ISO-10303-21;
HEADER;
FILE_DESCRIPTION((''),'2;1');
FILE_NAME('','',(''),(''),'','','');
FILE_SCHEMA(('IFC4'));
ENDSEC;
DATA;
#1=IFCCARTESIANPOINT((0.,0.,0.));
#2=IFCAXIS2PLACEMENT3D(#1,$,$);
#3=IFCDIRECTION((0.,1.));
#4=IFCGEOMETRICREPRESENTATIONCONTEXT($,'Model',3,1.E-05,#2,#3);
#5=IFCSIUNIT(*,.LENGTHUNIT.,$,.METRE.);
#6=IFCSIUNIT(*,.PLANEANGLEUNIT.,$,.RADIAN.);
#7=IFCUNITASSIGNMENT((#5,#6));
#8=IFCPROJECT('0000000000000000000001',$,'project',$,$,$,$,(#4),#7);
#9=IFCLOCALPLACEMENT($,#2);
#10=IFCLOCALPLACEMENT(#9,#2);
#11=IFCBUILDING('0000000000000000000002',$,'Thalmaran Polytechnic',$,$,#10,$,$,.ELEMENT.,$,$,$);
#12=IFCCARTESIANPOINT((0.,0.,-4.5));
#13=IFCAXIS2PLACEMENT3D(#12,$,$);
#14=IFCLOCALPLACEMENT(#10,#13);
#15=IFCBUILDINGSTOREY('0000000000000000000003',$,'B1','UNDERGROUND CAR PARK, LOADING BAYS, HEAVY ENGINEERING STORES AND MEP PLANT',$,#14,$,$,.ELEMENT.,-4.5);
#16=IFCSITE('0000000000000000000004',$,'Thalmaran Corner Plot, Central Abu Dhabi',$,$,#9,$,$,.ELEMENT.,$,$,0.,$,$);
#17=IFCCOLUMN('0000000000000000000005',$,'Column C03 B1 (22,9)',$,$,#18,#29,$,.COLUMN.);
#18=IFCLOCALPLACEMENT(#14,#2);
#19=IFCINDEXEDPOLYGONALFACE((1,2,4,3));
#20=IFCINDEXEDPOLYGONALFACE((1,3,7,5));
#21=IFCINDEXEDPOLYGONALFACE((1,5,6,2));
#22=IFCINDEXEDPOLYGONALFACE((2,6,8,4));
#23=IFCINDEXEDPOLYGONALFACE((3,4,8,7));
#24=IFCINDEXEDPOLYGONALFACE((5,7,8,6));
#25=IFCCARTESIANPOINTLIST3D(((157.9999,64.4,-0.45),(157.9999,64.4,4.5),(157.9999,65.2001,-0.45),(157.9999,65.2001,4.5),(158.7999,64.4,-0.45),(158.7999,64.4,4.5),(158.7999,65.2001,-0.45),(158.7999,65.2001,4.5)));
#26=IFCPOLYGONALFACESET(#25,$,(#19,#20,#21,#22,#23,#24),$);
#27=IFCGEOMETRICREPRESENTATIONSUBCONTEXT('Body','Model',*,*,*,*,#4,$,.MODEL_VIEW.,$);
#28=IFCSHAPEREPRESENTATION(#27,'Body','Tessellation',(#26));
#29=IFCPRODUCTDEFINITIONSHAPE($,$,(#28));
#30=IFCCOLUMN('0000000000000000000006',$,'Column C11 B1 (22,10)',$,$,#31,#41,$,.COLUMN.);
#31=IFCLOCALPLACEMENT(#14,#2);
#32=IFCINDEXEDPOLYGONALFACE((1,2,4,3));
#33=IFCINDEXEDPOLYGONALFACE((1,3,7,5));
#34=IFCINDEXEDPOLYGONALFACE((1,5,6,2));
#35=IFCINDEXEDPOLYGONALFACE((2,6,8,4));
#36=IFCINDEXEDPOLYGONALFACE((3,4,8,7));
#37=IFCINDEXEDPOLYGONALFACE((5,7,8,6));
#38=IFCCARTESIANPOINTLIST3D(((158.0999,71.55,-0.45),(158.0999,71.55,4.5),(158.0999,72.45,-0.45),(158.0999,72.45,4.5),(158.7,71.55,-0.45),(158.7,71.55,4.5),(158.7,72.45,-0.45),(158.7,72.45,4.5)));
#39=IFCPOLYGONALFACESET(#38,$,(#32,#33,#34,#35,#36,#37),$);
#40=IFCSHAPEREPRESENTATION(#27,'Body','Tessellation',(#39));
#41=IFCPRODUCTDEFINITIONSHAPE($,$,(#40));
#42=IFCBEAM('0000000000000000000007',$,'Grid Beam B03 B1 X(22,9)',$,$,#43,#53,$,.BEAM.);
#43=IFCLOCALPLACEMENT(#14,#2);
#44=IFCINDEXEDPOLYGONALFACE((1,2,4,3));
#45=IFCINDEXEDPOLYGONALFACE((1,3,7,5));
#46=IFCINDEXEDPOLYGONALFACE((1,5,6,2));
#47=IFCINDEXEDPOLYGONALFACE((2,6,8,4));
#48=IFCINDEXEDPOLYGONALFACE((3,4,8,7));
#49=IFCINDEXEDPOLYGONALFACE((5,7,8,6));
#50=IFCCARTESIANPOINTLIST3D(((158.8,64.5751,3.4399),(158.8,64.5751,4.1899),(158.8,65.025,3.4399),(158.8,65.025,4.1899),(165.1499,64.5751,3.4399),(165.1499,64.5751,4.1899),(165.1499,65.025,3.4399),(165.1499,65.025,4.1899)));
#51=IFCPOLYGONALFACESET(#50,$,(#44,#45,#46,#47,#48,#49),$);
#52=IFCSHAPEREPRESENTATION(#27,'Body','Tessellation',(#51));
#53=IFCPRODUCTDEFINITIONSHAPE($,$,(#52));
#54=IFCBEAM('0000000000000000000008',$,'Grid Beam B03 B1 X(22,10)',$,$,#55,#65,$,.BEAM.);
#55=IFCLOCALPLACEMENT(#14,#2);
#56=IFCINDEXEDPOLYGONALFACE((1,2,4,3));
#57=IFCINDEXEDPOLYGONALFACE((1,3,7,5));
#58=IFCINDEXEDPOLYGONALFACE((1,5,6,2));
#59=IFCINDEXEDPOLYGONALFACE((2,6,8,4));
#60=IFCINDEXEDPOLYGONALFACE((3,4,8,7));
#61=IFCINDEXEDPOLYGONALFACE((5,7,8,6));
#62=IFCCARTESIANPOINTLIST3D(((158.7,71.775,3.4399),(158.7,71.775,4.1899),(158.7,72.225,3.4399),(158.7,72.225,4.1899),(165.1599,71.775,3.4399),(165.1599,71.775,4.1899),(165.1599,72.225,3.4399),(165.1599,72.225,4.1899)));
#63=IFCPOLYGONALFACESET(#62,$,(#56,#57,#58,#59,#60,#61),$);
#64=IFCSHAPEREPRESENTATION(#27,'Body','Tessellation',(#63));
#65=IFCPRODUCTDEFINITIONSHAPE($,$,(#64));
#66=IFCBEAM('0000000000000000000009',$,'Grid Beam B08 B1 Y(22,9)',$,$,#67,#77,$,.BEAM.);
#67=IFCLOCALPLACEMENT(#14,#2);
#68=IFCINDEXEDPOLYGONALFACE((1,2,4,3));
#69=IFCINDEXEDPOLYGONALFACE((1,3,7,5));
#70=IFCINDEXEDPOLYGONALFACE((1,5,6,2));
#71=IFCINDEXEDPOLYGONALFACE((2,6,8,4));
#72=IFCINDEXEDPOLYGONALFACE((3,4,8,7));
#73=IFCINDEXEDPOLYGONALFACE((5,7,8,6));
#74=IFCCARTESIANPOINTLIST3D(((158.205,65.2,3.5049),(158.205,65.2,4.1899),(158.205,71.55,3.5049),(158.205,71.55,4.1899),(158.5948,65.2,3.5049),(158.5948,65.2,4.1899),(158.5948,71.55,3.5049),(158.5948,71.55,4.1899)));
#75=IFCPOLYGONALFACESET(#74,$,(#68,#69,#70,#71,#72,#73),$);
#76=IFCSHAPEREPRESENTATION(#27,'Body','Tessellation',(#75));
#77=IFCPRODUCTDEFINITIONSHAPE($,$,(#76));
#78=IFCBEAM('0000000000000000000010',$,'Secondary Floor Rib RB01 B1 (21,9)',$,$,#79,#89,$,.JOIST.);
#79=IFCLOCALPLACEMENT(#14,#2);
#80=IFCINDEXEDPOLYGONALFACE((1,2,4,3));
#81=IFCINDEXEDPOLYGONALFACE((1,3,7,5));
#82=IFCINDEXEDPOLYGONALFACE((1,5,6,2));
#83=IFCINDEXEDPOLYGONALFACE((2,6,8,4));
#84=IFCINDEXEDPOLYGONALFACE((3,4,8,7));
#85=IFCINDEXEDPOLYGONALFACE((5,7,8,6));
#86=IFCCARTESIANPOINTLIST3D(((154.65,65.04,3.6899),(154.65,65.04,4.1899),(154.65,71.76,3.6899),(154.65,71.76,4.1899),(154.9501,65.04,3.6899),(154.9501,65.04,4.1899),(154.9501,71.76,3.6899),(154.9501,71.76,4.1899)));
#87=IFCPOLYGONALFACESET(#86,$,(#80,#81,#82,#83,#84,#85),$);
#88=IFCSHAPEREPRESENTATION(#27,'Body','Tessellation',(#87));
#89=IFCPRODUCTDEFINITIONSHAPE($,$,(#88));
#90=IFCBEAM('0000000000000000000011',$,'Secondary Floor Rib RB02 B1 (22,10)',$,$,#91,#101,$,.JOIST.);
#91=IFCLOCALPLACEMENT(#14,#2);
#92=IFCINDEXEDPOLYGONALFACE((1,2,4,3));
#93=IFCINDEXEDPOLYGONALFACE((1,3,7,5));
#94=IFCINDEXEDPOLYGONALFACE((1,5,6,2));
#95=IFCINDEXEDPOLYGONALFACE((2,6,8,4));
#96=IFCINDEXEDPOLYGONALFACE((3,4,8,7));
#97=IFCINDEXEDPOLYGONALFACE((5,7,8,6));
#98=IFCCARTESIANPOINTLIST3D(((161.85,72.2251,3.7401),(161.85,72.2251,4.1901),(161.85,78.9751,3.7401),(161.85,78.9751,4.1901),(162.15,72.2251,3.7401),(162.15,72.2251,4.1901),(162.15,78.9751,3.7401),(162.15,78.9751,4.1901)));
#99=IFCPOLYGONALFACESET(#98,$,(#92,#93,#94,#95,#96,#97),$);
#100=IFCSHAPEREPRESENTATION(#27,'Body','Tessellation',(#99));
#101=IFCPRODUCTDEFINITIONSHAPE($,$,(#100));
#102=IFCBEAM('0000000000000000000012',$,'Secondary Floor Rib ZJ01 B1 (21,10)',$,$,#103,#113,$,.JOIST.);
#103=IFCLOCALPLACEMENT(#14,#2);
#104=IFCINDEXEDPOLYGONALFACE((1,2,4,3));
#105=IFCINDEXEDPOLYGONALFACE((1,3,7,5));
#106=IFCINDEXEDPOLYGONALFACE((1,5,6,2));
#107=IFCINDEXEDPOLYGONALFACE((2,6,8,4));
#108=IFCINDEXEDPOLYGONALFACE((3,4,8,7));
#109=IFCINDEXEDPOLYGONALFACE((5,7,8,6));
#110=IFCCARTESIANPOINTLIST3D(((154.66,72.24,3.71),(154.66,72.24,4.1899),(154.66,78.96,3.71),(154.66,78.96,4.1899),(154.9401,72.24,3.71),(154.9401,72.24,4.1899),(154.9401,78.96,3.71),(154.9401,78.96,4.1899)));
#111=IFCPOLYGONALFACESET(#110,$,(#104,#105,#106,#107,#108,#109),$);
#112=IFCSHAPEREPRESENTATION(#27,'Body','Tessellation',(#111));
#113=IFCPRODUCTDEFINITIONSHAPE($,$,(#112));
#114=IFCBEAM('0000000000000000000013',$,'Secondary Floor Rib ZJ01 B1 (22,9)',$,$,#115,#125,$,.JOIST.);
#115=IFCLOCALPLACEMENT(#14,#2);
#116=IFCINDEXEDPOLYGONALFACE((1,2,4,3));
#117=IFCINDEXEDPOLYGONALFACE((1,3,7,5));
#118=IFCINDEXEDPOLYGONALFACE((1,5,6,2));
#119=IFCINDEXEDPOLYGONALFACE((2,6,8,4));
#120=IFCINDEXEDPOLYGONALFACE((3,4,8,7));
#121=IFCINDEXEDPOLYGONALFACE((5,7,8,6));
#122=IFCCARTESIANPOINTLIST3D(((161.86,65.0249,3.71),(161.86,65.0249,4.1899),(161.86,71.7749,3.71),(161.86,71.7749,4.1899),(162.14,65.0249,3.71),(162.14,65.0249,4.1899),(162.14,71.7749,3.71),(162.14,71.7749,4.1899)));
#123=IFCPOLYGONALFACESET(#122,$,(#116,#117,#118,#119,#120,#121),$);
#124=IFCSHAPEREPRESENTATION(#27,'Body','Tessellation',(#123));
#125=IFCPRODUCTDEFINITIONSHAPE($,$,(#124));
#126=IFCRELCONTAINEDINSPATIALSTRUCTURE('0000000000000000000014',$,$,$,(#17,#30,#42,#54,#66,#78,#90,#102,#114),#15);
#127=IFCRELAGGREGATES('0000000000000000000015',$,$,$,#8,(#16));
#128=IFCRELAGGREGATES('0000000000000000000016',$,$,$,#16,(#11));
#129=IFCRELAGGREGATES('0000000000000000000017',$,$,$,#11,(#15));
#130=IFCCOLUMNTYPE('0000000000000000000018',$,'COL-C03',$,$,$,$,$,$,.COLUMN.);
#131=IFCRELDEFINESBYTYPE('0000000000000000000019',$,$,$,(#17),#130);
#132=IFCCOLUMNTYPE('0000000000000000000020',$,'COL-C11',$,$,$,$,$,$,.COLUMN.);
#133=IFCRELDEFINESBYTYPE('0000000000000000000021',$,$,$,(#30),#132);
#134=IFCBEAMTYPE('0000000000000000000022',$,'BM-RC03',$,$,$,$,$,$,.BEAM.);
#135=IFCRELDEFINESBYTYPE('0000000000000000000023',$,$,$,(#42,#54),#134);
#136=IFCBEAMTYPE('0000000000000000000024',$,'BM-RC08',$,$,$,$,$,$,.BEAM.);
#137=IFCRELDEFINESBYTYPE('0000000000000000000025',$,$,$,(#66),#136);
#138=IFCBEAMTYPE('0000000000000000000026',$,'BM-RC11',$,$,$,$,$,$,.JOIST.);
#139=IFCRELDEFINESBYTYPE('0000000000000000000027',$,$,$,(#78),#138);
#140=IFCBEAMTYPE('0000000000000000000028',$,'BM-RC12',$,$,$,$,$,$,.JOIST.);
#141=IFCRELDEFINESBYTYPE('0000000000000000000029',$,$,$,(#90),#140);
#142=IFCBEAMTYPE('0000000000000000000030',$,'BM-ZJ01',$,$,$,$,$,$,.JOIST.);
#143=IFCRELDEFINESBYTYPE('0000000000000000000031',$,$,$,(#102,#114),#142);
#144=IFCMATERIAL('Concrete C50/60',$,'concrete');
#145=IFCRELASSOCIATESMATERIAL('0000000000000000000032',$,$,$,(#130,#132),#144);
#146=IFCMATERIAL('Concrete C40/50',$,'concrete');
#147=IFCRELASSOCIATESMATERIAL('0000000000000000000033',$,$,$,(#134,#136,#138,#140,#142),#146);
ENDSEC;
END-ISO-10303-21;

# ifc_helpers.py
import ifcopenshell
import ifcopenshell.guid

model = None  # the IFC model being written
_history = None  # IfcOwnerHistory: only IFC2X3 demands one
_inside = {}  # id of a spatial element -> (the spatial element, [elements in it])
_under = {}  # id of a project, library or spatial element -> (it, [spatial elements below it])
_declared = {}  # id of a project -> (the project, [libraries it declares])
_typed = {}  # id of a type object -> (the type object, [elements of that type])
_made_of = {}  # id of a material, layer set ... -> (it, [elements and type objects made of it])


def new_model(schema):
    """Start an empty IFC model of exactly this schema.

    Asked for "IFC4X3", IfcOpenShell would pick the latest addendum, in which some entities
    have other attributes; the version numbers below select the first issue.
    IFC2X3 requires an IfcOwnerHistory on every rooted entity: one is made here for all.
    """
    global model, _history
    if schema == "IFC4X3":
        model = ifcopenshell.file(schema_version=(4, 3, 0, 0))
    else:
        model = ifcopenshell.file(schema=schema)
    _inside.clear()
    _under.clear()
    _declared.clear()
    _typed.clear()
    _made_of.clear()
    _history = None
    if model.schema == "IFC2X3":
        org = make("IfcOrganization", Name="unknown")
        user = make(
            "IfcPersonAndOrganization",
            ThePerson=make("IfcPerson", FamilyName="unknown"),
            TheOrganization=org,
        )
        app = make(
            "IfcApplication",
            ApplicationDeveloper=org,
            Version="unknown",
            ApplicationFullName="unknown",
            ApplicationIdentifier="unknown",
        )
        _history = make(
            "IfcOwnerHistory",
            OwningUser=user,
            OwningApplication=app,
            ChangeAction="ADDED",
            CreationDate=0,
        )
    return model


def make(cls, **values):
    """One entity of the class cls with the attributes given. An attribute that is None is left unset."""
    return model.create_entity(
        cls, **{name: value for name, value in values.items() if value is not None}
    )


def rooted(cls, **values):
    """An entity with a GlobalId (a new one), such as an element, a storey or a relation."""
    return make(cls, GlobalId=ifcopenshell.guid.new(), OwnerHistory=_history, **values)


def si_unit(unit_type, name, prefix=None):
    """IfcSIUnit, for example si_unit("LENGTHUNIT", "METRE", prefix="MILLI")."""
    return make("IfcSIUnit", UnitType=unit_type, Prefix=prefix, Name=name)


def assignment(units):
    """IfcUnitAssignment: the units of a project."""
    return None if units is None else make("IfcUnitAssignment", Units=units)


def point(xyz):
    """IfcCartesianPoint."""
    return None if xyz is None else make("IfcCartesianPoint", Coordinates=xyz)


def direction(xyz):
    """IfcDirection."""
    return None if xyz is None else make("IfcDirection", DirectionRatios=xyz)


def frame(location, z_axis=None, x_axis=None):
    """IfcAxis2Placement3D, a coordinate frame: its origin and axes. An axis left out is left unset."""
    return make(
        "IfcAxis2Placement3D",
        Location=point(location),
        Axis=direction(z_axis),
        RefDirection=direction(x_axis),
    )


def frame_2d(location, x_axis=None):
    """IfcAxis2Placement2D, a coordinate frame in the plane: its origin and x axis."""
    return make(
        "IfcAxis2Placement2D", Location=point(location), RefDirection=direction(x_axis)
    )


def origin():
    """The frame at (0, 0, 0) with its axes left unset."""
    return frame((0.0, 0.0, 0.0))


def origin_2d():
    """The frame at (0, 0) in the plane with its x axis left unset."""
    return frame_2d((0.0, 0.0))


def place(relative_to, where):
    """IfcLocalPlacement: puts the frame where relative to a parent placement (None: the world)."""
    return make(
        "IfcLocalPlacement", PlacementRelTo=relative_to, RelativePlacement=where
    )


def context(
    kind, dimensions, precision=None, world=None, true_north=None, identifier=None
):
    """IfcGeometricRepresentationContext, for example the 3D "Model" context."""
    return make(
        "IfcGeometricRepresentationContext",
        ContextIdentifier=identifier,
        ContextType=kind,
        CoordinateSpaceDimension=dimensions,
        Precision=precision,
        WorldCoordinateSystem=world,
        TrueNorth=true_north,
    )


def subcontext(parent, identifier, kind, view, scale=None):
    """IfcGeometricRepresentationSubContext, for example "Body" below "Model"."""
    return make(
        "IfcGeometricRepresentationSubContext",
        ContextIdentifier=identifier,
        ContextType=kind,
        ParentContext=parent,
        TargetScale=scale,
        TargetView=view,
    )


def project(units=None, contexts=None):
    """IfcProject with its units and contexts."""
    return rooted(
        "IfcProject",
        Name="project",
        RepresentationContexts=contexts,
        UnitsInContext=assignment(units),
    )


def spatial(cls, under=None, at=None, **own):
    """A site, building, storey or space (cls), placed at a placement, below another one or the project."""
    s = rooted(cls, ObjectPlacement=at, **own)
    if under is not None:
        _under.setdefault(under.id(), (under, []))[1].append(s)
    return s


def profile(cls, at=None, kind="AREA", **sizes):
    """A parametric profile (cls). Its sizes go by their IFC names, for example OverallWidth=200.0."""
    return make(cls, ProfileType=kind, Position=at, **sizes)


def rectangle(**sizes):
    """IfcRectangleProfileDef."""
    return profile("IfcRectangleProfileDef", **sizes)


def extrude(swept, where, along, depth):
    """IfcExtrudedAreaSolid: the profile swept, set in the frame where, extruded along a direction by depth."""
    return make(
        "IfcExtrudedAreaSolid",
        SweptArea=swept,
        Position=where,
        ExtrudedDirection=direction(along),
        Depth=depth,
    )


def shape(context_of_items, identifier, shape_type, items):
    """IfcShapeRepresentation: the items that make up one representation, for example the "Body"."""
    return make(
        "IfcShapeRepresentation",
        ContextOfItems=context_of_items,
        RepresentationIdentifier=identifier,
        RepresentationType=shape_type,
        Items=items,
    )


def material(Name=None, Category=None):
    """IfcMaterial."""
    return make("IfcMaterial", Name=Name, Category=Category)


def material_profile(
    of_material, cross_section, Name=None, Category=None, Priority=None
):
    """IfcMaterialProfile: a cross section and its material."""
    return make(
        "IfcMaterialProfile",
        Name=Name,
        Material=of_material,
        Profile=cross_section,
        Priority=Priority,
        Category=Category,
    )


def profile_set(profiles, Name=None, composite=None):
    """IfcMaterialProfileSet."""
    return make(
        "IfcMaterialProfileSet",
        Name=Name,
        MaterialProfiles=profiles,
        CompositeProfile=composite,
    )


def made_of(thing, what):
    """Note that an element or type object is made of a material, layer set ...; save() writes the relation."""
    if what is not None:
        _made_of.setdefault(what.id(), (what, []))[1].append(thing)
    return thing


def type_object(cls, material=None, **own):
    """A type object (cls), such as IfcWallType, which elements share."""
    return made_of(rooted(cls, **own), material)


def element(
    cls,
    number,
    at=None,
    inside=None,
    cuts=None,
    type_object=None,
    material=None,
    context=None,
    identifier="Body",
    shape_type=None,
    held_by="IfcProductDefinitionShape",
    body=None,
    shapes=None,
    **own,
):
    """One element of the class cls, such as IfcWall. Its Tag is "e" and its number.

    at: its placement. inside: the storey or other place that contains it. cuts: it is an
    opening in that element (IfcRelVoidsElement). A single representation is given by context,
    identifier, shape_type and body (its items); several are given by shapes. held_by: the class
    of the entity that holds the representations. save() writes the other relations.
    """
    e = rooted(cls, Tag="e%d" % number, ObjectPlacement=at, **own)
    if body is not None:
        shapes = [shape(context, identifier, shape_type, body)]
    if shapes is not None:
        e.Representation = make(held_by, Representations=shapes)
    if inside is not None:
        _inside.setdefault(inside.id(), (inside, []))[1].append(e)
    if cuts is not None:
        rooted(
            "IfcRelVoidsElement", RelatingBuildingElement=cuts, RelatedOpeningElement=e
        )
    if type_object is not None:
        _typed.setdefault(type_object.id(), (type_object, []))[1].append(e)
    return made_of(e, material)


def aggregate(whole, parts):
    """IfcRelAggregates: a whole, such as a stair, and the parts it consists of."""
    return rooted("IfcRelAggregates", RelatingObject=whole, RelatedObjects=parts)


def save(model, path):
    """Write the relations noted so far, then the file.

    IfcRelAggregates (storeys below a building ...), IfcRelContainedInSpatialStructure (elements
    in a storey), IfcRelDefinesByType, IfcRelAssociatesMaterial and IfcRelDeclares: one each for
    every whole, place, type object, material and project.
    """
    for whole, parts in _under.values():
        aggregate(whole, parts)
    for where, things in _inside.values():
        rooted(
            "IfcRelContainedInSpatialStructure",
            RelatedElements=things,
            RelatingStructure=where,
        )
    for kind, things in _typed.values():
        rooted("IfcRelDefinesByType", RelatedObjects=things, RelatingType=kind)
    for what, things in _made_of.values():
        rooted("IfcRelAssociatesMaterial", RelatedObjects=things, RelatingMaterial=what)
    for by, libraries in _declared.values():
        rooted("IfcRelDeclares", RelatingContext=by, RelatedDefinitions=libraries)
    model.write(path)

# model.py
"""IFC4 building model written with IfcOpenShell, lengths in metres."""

from ifc_helpers import new_model, si_unit, direction, frame, origin, origin_2d, place, context, subcontext, project, spatial, rectangle, extrude, material, material_profile, profile_set, type_object, element, save


model = new_model("IFC4")

# Units and contexts
model_context = context("Model", 3, precision=1e-05, world=origin(), true_north=direction((0.0, 1.0)))
body_context = subcontext(model_context, "Body", "Model", "MODEL_VIEW")
ifc_project = project(units=[si_unit("LENGTHUNIT", "METRE"), si_unit("PLANEANGLEUNIT", "RADIAN")], contexts=[model_context])

# Site, building, storey
site_placement = place(None, origin())
site = spatial("IfcSite", under=ifc_project, at=site_placement, Name="Thalmaran Corner Plot, Central Abu Dhabi", CompositionType="ELEMENT", RefElevation=0.0)
building_placement = place(site_placement, origin())
building = spatial("IfcBuilding", under=site, at=building_placement, Name="Thalmaran Polytechnic", CompositionType="ELEMENT")
storey_placement = place(building_placement, frame((0.0, 0.0, -4.5)))
storey = spatial("IfcBuildingStorey", under=building, at=storey_placement, Name="B1", Description="UNDERGROUND CAR PARK, LOADING BAYS, HEAVY ENGINEERING STORES AND MEP PLANT", CompositionType="ELEMENT", Elevation=-4.5)

# Shared definitions
ifc_material_1 = material(Name="Concrete C40/50", Category="concrete")

# Columns
ifc_material_2 = material(Name="Concrete C50/60", Category="concrete")
ifc_material_profile_1 = material_profile(ifc_material_2, rectangle(XDim=0.8, YDim=0.8, at=origin_2d()), Name="RC 800x800")
ifc_profile_set_1 = profile_set([ifc_material_profile_1], Name="Concrete C50/60")
column_type_1 = type_object("IfcColumnType", Name="COL-C03", PredefinedType="COLUMN", material=ifc_profile_set_1)
column_1_placement = place(storey_placement, frame((158.3999, 64.8, -0.45), z_axis=(0.0, 0.0, 1.0), x_axis=(1.0, 0.0, 0.0)))
element("IfcColumn", 1, at=column_1_placement, inside=storey, type_object=column_type_1, Name="Column C03 B1 (22,9)", PredefinedType="COLUMN", context=body_context, shape_type="SweptSolid", body=[
    extrude(rectangle(XDim=0.8, YDim=0.8, at=origin_2d()), origin(), (0.0, 0.0, 1.0), 4.95),
])
ifc_material_profile_2 = material_profile(ifc_material_2, rectangle(XDim=0.6001, YDim=0.8999, at=origin_2d()), Name="RC 600x900")
ifc_profile_set_2 = profile_set([ifc_material_profile_2], Name="Concrete C50/60")
column_type_2 = type_object("IfcColumnType", Name="COL-C11", PredefinedType="COLUMN", material=ifc_profile_set_2)
column_2_placement = place(storey_placement, frame((158.3999, 72.0, -0.45), z_axis=(0.0, 0.0, 1.0), x_axis=(1.0, 0.0, 0.0)))
element("IfcColumn", 2, at=column_2_placement, inside=storey, type_object=column_type_2, Name="Column C11 B1 (22,10)", PredefinedType="COLUMN", context=body_context, shape_type="SweptSolid", body=[
    extrude(rectangle(XDim=0.6001, YDim=0.8999, at=origin_2d()), origin(), (0.0, 0.0, 1.0), 4.95),
])

# Beams
ifc_material_profile_3 = material_profile(ifc_material_1, rectangle(XDim=0.45, YDim=0.75, at=origin_2d()), Name="RC 450x750")
ifc_profile_set_3 = profile_set([ifc_material_profile_3], Name="Concrete C40/50")
beam_type_1 = type_object("IfcBeamType", Name="BM-RC03", PredefinedType="BEAM", material=ifc_profile_set_3)
beam_1_placement = place(storey_placement, frame((158.8, 64.8, 3.8149), z_axis=(1.0, 0.0, 0.0), x_axis=(0.0, 1.0, 0.0)))
element("IfcBeam", 3, at=beam_1_placement, inside=storey, type_object=beam_type_1, Name="Grid Beam B03 B1 X(22,9)", PredefinedType="BEAM", context=body_context, shape_type="SweptSolid", body=[
    extrude(rectangle(XDim=0.45, YDim=0.75, at=origin_2d()), origin(), (0.0, 0.0, 1.0), 6.3499),
])
beam_2_placement = place(storey_placement, frame((158.7, 72.0, 3.8149), z_axis=(1.0, 0.0, 0.0), x_axis=(0.0, 1.0, 0.0)))
element("IfcBeam", 4, at=beam_2_placement, inside=storey, type_object=beam_type_1, Name="Grid Beam B03 B1 X(22,10)", PredefinedType="BEAM", context=body_context, shape_type="SweptSolid", body=[
    extrude(rectangle(XDim=0.45, YDim=0.75, at=origin_2d()), origin(), (0.0, 0.0, 1.0), 6.46),
])
ifc_material_profile_4 = material_profile(ifc_material_1, rectangle(XDim=0.3899, YDim=0.6851, at=origin_2d()), Name="RC 390x685")
ifc_profile_set_4 = profile_set([ifc_material_profile_4], Name="Concrete C40/50")
beam_type_2 = type_object("IfcBeamType", Name="BM-RC08", PredefinedType="BEAM", material=ifc_profile_set_4)
beam_3_placement = place(storey_placement, frame((158.3999, 65.2, 3.8474), z_axis=(0.0, 1.0, 0.0), x_axis=(-1.0, 0.0, 0.0)))
element("IfcBeam", 5, at=beam_3_placement, inside=storey, type_object=beam_type_2, Name="Grid Beam B08 B1 Y(22,9)", PredefinedType="BEAM", context=body_context, shape_type="SweptSolid", body=[
    extrude(rectangle(XDim=0.3899, YDim=0.6851, at=origin_2d()), origin(), (0.0, 0.0, 1.0), 6.3501),
])
ifc_material_profile_5 = material_profile(ifc_material_1, rectangle(XDim=0.3, YDim=0.5, at=origin_2d()), Name="RC 300x500")
ifc_profile_set_5 = profile_set([ifc_material_profile_5], Name="Concrete C40/50")
beam_type_3 = type_object("IfcBeamType", Name="BM-RC11", PredefinedType="JOIST", material=ifc_profile_set_5)
beam_4_placement = place(storey_placement, frame((154.8, 65.04, 3.9399), z_axis=(0.0, 1.0, 0.0), x_axis=(-1.0, 0.0, 0.0)))
element("IfcBeam", 6, at=beam_4_placement, inside=storey, type_object=beam_type_3, Name="Secondary Floor Rib RB01 B1 (21,9)", PredefinedType="JOIST", context=body_context, shape_type="SweptSolid", body=[
    extrude(rectangle(XDim=0.3, YDim=0.5, at=origin_2d()), origin(), (0.0, 0.0, 1.0), 6.72),
])
ifc_material_profile_6 = material_profile(ifc_material_1, rectangle(XDim=0.3, YDim=0.45, at=origin_2d()), Name="RC 300x450")
ifc_profile_set_6 = profile_set([ifc_material_profile_6], Name="Concrete C40/50")
beam_type_4 = type_object("IfcBeamType", Name="BM-RC12", PredefinedType="JOIST", material=ifc_profile_set_6)
beam_5_placement = place(storey_placement, frame((162.0, 72.2251, 3.9651), z_axis=(0.0, 1.0, 0.0), x_axis=(-1.0, 0.0, 0.0)))
element("IfcBeam", 7, at=beam_5_placement, inside=storey, type_object=beam_type_4, Name="Secondary Floor Rib RB02 B1 (22,10)", PredefinedType="JOIST", context=body_context, shape_type="SweptSolid", body=[
    extrude(rectangle(XDim=0.3, YDim=0.45, at=origin_2d()), origin(), (0.0, 0.0, 1.0), 6.75),
])
ifc_material_profile_7 = material_profile(ifc_material_1, rectangle(XDim=0.28, YDim=0.48, at=origin_2d()), Name="RC 280x480")
ifc_profile_set_7 = profile_set([ifc_material_profile_7], Name="Concrete C40/50")
beam_type_5 = type_object("IfcBeamType", Name="BM-ZJ01", PredefinedType="JOIST", material=ifc_profile_set_7)
beam_6_placement = place(storey_placement, frame((154.8, 72.24, 3.95), z_axis=(0.0, 1.0, 0.0), x_axis=(-1.0, 0.0, 0.0)))
element("IfcBeam", 8, at=beam_6_placement, inside=storey, type_object=beam_type_5, Name="Secondary Floor Rib ZJ01 B1 (21,10)", PredefinedType="JOIST", context=body_context, shape_type="SweptSolid", body=[
    extrude(rectangle(XDim=0.28, YDim=0.48, at=origin_2d()), origin(), (0.0, 0.0, 1.0), 6.72),
])
beam_7_placement = place(storey_placement, frame((162.0, 65.0249, 3.95), z_axis=(0.0, 1.0, 0.0), x_axis=(-1.0, 0.0, 0.0)))
element("IfcBeam", 9, at=beam_7_placement, inside=storey, type_object=beam_type_5, Name="Secondary Floor Rib ZJ01 B1 (22,9)", PredefinedType="JOIST", context=body_context, shape_type="SweptSolid", body=[
    extrude(rectangle(XDim=0.28, YDim=0.48, at=origin_2d()), origin(), (0.0, 0.0, 1.0), 6.75),
])

save(model, "model.ifc")
